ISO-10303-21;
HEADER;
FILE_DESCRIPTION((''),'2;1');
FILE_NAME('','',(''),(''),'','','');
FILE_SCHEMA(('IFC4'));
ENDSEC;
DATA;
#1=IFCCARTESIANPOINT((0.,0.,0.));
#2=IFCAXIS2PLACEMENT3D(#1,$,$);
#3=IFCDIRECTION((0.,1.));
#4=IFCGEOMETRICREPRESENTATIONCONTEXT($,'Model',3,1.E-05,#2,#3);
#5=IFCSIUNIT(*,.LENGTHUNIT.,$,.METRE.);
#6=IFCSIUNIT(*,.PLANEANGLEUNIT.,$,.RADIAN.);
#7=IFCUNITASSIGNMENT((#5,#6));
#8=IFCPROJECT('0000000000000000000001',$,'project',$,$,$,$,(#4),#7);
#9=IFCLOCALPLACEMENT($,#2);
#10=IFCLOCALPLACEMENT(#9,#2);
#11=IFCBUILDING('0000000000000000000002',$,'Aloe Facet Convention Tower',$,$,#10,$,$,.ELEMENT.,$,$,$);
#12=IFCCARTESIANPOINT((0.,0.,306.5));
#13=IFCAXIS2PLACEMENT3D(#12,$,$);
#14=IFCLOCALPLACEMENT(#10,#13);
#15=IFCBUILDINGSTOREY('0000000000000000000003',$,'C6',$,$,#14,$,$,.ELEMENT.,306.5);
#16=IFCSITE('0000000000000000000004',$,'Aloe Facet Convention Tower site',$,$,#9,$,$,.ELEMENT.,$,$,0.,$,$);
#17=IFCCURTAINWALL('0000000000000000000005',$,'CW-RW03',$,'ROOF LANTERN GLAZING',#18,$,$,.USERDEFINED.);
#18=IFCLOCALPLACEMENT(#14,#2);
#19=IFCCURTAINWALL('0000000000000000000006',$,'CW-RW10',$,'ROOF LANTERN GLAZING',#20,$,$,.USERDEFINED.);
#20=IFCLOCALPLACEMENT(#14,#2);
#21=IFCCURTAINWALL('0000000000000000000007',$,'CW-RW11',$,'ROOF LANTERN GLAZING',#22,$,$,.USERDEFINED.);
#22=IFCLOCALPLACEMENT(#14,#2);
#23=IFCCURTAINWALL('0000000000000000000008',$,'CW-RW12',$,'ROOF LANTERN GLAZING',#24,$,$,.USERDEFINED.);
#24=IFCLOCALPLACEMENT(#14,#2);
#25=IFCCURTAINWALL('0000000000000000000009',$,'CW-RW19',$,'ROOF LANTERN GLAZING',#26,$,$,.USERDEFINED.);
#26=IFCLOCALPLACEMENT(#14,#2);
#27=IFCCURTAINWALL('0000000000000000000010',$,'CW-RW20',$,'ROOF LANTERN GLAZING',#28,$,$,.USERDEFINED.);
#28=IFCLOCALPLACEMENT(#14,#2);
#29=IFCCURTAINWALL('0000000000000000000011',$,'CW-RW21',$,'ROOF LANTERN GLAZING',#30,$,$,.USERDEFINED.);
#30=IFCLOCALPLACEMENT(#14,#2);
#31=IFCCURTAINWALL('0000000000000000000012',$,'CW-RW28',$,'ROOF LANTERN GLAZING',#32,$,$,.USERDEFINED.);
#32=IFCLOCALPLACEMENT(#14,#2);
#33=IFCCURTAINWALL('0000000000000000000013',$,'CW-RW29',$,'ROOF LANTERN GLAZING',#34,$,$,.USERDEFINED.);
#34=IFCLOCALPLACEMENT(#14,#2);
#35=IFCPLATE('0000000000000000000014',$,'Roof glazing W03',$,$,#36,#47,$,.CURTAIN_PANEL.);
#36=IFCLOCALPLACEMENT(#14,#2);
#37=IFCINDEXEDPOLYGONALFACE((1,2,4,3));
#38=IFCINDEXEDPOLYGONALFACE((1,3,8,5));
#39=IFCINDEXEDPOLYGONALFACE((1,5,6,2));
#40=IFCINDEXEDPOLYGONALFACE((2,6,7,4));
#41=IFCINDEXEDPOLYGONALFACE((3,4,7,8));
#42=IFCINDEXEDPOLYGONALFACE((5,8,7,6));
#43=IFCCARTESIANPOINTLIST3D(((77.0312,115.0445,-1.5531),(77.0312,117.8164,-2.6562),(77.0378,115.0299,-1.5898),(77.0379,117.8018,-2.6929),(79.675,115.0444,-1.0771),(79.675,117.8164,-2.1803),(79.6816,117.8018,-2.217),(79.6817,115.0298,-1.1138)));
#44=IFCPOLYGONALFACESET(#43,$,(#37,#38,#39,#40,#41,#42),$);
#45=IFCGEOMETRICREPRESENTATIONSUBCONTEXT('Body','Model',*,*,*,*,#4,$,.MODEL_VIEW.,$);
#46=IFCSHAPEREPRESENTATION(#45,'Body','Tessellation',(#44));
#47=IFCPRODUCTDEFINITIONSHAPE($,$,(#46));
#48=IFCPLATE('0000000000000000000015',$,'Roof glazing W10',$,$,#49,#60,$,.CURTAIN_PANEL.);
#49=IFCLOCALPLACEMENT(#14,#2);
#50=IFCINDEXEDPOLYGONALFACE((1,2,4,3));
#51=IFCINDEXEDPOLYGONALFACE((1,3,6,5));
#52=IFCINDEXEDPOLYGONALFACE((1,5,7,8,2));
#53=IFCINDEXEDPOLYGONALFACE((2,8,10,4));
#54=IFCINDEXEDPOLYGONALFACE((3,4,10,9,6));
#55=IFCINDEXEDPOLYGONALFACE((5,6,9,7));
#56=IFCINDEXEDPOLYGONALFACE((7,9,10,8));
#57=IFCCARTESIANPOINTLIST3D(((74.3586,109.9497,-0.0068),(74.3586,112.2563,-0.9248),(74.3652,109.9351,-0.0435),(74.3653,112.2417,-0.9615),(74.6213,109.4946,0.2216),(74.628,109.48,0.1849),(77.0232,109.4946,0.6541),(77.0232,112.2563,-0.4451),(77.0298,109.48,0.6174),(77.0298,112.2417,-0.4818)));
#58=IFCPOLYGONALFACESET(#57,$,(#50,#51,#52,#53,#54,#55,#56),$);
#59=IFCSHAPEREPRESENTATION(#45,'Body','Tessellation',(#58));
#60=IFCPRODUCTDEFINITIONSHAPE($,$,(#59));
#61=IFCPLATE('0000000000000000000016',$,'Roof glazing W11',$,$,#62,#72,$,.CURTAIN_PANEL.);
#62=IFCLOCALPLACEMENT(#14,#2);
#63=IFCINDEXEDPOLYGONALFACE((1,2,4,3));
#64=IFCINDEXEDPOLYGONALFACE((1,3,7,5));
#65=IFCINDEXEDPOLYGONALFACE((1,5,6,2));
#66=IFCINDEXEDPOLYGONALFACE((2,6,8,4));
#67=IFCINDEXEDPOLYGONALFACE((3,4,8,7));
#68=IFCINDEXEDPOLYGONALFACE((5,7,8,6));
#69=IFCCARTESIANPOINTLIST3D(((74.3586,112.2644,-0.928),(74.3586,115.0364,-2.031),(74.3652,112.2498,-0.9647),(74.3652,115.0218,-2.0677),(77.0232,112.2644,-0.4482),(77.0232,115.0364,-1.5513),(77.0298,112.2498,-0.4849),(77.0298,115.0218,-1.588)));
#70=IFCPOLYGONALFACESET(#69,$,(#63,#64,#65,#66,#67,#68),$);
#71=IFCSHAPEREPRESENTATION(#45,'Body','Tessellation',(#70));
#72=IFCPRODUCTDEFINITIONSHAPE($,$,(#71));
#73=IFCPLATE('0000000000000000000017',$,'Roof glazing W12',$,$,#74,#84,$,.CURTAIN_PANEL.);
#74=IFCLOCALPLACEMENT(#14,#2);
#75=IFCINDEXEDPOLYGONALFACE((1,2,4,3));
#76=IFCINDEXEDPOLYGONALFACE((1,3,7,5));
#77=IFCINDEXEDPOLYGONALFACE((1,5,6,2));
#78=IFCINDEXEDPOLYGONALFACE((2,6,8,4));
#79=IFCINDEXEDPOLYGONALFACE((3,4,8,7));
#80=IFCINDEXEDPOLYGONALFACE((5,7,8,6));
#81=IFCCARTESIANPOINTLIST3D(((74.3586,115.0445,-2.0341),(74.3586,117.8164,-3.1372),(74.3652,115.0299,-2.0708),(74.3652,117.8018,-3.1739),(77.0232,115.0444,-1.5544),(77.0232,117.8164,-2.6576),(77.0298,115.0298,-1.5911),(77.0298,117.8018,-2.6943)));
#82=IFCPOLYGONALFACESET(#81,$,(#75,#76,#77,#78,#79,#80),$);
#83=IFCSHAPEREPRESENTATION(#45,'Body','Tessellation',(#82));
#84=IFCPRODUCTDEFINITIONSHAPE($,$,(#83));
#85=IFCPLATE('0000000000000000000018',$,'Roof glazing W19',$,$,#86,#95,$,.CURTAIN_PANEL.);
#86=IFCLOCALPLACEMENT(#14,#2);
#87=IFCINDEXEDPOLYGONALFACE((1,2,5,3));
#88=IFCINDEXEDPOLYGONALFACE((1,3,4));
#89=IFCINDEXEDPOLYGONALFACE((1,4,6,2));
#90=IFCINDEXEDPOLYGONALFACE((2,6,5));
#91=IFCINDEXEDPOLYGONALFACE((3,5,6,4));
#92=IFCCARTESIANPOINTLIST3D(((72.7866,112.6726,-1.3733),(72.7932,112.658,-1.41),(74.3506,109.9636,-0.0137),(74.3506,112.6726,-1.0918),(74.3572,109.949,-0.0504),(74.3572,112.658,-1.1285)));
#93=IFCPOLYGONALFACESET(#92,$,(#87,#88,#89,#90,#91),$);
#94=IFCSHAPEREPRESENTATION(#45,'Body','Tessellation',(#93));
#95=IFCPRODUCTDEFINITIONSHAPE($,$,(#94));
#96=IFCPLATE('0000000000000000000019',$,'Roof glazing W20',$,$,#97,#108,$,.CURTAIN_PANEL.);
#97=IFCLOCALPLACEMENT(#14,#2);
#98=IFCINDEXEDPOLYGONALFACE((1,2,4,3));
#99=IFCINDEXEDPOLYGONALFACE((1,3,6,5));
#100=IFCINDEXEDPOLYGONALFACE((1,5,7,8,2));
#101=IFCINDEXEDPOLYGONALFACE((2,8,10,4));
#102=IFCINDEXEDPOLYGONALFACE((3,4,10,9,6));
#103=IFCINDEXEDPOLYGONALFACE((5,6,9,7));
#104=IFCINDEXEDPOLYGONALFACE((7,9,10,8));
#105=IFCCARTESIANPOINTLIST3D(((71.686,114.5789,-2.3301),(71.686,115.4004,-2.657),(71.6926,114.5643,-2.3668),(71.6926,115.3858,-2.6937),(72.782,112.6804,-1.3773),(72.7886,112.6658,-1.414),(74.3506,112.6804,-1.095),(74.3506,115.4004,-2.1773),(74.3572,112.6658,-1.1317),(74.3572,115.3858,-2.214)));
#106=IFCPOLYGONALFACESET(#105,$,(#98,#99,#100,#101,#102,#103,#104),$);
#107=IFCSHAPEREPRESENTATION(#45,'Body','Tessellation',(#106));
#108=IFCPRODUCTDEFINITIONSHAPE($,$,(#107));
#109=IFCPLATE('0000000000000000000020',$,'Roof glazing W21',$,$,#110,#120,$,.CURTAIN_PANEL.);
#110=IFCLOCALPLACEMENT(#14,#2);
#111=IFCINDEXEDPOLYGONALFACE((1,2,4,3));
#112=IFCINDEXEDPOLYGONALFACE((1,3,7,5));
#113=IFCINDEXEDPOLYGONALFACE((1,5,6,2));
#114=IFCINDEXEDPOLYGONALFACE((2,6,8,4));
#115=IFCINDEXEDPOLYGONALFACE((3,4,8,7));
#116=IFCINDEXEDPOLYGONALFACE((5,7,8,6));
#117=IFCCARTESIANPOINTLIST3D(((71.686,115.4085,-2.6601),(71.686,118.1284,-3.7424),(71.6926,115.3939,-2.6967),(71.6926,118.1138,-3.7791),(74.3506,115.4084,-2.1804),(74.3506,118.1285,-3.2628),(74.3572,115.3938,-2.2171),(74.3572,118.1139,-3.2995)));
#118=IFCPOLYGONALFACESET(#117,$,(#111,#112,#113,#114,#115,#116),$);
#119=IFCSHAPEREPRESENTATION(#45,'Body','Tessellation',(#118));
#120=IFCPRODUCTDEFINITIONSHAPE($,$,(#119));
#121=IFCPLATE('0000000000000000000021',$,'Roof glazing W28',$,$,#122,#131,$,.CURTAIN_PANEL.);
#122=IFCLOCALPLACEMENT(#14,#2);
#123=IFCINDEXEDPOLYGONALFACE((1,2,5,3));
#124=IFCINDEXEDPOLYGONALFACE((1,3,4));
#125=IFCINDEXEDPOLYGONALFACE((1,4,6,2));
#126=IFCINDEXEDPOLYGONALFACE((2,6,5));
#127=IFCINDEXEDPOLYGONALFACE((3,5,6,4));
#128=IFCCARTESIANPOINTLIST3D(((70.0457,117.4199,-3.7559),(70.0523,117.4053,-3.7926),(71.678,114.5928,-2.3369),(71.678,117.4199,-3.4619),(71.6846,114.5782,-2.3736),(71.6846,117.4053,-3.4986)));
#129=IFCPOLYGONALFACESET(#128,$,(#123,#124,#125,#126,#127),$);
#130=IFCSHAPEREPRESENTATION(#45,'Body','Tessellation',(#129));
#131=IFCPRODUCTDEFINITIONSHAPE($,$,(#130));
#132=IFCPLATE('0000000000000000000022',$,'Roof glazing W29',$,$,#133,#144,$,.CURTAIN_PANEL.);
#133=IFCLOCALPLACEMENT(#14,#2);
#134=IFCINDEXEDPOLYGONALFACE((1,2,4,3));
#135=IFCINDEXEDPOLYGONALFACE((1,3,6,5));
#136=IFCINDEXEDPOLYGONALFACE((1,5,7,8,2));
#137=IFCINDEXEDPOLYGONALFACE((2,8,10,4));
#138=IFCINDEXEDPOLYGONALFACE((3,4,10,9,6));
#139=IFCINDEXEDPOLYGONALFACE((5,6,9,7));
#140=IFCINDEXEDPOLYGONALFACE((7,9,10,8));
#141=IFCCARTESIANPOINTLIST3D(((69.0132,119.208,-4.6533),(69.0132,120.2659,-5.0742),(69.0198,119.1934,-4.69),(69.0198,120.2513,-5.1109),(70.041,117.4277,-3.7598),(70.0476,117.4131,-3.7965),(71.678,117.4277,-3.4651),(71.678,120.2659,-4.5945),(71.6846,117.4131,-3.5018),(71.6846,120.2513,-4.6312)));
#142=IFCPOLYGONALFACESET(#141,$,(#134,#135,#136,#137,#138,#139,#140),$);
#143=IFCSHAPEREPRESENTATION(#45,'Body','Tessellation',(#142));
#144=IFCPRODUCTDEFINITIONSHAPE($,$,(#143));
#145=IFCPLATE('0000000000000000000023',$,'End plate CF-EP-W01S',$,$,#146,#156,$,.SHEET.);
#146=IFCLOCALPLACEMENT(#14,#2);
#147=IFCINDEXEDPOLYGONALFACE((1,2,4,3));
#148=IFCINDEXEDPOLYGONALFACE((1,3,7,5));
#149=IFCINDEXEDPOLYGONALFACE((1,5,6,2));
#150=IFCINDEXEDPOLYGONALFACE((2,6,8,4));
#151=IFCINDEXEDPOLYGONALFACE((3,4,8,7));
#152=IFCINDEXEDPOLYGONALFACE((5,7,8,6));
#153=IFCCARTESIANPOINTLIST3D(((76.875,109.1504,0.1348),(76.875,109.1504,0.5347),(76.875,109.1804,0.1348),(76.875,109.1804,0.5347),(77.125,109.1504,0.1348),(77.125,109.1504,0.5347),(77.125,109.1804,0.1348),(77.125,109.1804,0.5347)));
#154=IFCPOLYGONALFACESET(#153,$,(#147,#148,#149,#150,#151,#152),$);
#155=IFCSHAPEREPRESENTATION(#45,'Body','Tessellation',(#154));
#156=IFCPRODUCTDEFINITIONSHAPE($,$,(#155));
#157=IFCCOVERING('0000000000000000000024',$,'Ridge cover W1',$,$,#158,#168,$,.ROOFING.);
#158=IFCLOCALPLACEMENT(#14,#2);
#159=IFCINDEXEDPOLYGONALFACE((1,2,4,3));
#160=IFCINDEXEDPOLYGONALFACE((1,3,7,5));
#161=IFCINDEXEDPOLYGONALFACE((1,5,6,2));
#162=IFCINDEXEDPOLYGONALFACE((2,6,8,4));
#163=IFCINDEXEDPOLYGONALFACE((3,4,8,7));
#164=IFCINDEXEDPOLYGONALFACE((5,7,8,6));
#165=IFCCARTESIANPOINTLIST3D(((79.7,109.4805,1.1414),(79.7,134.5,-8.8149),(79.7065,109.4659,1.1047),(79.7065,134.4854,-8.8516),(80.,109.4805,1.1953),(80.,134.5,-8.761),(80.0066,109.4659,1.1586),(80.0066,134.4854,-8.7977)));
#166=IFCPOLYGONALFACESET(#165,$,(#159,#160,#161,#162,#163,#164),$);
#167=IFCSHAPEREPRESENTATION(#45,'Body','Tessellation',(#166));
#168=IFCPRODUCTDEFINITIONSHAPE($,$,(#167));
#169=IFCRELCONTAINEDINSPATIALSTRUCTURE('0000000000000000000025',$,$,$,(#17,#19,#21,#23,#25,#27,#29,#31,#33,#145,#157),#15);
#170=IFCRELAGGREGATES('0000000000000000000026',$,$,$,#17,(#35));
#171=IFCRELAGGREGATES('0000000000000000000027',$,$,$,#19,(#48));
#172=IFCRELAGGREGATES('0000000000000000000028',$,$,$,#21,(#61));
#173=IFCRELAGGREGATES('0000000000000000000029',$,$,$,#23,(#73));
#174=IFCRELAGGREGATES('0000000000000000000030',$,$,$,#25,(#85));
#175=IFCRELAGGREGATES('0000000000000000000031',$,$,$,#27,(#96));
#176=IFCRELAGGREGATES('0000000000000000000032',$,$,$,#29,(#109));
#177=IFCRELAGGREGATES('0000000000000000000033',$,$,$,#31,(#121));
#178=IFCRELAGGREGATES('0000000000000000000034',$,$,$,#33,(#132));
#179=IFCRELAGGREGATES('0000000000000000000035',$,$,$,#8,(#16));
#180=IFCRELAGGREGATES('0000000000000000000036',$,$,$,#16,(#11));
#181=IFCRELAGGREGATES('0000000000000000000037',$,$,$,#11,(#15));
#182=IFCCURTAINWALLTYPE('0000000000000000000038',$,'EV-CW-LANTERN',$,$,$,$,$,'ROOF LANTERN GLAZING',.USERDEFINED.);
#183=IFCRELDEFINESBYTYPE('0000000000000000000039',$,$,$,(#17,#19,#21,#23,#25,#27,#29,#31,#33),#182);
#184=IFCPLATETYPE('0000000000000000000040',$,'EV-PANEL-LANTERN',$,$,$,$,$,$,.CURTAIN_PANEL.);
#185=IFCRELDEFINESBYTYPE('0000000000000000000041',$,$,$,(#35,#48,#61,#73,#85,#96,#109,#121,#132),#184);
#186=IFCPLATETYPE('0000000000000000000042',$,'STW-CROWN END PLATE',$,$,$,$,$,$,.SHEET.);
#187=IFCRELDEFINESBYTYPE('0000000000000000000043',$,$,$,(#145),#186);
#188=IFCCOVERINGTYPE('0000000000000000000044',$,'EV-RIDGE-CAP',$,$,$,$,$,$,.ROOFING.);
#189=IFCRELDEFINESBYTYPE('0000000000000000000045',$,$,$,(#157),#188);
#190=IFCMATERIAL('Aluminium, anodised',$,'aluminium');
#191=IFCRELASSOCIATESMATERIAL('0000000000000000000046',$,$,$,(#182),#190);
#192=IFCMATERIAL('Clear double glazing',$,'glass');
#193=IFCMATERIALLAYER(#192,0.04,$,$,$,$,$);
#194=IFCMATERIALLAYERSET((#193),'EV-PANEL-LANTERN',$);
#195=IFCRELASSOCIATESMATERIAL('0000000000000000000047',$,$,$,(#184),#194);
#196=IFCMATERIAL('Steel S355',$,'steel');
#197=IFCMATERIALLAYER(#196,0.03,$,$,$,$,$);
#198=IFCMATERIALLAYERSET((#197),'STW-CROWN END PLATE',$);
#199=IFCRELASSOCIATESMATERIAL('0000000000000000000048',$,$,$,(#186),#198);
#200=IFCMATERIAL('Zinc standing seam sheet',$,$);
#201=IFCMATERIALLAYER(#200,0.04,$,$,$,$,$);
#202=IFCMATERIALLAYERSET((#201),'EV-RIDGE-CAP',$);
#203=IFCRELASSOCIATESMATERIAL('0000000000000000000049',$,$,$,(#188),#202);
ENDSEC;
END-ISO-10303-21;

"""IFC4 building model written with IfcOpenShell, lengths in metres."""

from ifc_helpers import new_model, si_unit, direction, frame, origin, place, context, subcontext, project, spatial, polyline, outline, extrude, material, layer, layer_set, type_object, element, aggregate, save


model = new_model("IFC4")

# Units and contexts
model_context = context("Model", 3, precision=1e-05, world=origin(), true_north=direction((0.0, 1.0)))
body_context = subcontext(model_context, "Body", "Model", "MODEL_VIEW")
ifc_project = project(units=[si_unit("LENGTHUNIT", "METRE"), si_unit("PLANEANGLEUNIT", "RADIAN")], contexts=[model_context])

# Site, building, storey
site_placement = place(None, origin())
site = spatial("IfcSite", under=ifc_project, at=site_placement, Name="Aloe Facet Convention Tower site", CompositionType="ELEMENT", RefElevation=0.0)
building_placement = place(site_placement, origin())
building = spatial("IfcBuilding", under=site, at=building_placement, Name="Aloe Facet Convention Tower", CompositionType="ELEMENT")
storey_placement = place(building_placement, frame((0.0, 0.0, 306.5)))
storey = spatial("IfcBuildingStorey", under=building, at=storey_placement, Name="C6", CompositionType="ELEMENT", Elevation=306.5)

# Shared definitions
ifc_material_1 = material(Name="Aluminium, anodised", Category="aluminium")
curtain_wall_type = type_object("IfcCurtainWallType", Name="EV-CW-LANTERN", ElementType="ROOF LANTERN GLAZING", PredefinedType="USERDEFINED", material=ifc_material_1)

# Curtain wall
curtain_wall_1_placement = place(storey_placement, origin())
curtain_wall_1 = element("IfcCurtainWall", 1, at=curtain_wall_1_placement, inside=storey, type_object=curtain_wall_type, Name="CW-RW03", ObjectType="ROOF LANTERN GLAZING", PredefinedType="USERDEFINED")

# Curtain wall
curtain_wall_2_placement = place(storey_placement, origin())
curtain_wall_2 = element("IfcCurtainWall", 2, at=curtain_wall_2_placement, inside=storey, type_object=curtain_wall_type, Name="CW-RW10", ObjectType="ROOF LANTERN GLAZING", PredefinedType="USERDEFINED")

# Curtain walls
curtain_wall_3_placement = place(storey_placement, origin())
curtain_wall_3 = element("IfcCurtainWall", 3, at=curtain_wall_3_placement, inside=storey, type_object=curtain_wall_type, Name="CW-RW11", ObjectType="ROOF LANTERN GLAZING", PredefinedType="USERDEFINED")
curtain_wall_4_placement = place(storey_placement, origin())
curtain_wall_4 = element("IfcCurtainWall", 4, at=curtain_wall_4_placement, inside=storey, type_object=curtain_wall_type, Name="CW-RW12", ObjectType="ROOF LANTERN GLAZING", PredefinedType="USERDEFINED")
curtain_wall_5_placement = place(storey_placement, origin())
curtain_wall_5 = element("IfcCurtainWall", 5, at=curtain_wall_5_placement, inside=storey, type_object=curtain_wall_type, Name="CW-RW19", ObjectType="ROOF LANTERN GLAZING", PredefinedType="USERDEFINED")

# Curtain wall
curtain_wall_6_placement = place(storey_placement, origin())
curtain_wall_6 = element("IfcCurtainWall", 6, at=curtain_wall_6_placement, inside=storey, type_object=curtain_wall_type, Name="CW-RW20", ObjectType="ROOF LANTERN GLAZING", PredefinedType="USERDEFINED")

# Curtain walls
curtain_wall_7_placement = place(storey_placement, origin())
curtain_wall_7 = element("IfcCurtainWall", 7, at=curtain_wall_7_placement, inside=storey, type_object=curtain_wall_type, Name="CW-RW21", ObjectType="ROOF LANTERN GLAZING", PredefinedType="USERDEFINED")
curtain_wall_8_placement = place(storey_placement, origin())
curtain_wall_8 = element("IfcCurtainWall", 8, at=curtain_wall_8_placement, inside=storey, type_object=curtain_wall_type, Name="CW-RW28", ObjectType="ROOF LANTERN GLAZING", PredefinedType="USERDEFINED")
curtain_wall_9_placement = place(storey_placement, origin())
curtain_wall_9 = element("IfcCurtainWall", 9, at=curtain_wall_9_placement, inside=storey, type_object=curtain_wall_type, Name="CW-RW29", ObjectType="ROOF LANTERN GLAZING", PredefinedType="USERDEFINED")

# Plates
ifc_material_2 = material(Name="Clear double glazing", Category="glass")
ifc_layer_1 = layer(ifc_material_2, 0.04)
ifc_layer_set_1 = layer_set([ifc_layer_1], Name="EV-PANEL-LANTERN")
plate_type_1 = type_object("IfcPlateType", Name="EV-PANEL-LANTERN", PredefinedType="CURTAIN_PANEL", material=ifc_layer_set_1)
plate_1_placement = place(storey_placement, frame((77.0312, 117.8164, -2.6562), z_axis=(-0.164975, 0.364694, 0.916396), x_axis=(0.98418, 0.000015, 0.177172)))
plate_1 = element("IfcPlate", 10, at=plate_1_placement, type_object=plate_type_1, Name="Roof glazing W03", PredefinedType="CURTAIN_PANEL", context=body_context, shape_type="SweptSolid", body=[
    extrude(outline(polyline([(0.0, 0.0), (2.6863, 0.0), (2.8817, -2.9771), (0.1954, -2.977), (0.0, 0.0)])), origin(), (0.0, 0.0, -1.0), 0.04),
])
aggregate(curtain_wall_1, [plate_1])
plate_2_placement = place(storey_placement, frame((77.0232, 109.4946, 0.6541), z_axis=(-0.164994, 0.364717, 0.916383), x_axis=(-0.984176, -0.000011, -0.177196)))
plate_2 = element("IfcPlate", 11, at=plate_2_placement, type_object=plate_type_1, Name="Roof glazing W10", PredefinedType="CURTAIN_PANEL", context=body_context, shape_type="SweptSolid", body=[
    extrude(outline(polyline([(0.0, 0.0), (2.4405, 0.0), (2.7395, -0.4888), (2.9021, -2.966), (0.1947, -2.966), (0.0, 0.0)])), origin(), (0.0, 0.0, -1.0), 0.04),
])
aggregate(curtain_wall_2, [plate_2])
plate_3_placement = place(storey_placement, frame((77.0232, 112.2644, -0.4482), z_axis=(-0.164994, 0.364658, 0.916407), x_axis=(-0.984176, 0.0, -0.177195)))
plate_3 = element("IfcPlate", 12, at=plate_3_placement, type_object=plate_type_1, Name="Roof glazing W11", PredefinedType="CURTAIN_PANEL", context=body_context, shape_type="SweptSolid", body=[
    extrude(outline(polyline([(0.0, 0.0), (2.7074, 0.0), (2.9028, -2.977), (0.1955, -2.977), (0.0, 0.0)])), origin(), (0.0, 0.0, -1.0), 0.04),
])
aggregate(curtain_wall_3, [plate_3])
plate_4_placement = place(storey_placement, frame((77.0232, 115.0444, -1.5544), z_axis=(-0.16495, 0.364695, 0.9164), x_axis=(-0.984183, 0.000015, -0.177157)))
plate_4 = element("IfcPlate", 13, at=plate_4_placement, type_object=plate_type_1, Name="Roof glazing W12", PredefinedType="CURTAIN_PANEL", context=body_context, shape_type="SweptSolid", body=[
    extrude(outline(polyline([(0.0, 0.0), (2.7074, 0.0), (2.9028, -2.977), (0.1955, -2.977), (0.0, 0.0)])), origin(), (0.0, 0.0, -1.0), 0.04),
])
aggregate(curtain_wall_4, [plate_4])
plate_5_placement = place(storey_placement, frame((74.3506, 112.6726, -1.0918), z_axis=(-0.16494, 0.364709, 0.916396), x_axis=(0.0, -0.929122, 0.369773)))
plate_5 = element("IfcPlate", 14, at=plate_5_placement, type_object=plate_type_1, Name="Roof glazing W19", PredefinedType="CURTAIN_PANEL", context=body_context, shape_type="SweptSolid", body=[
    extrude(outline(polyline([(0.0, 0.0), (2.9156, 0.0), (-0.1041, -1.5857), (0.0, 0.0)])), origin(), (0.0, 0.0, -1.0), 0.04),
])
aggregate(curtain_wall_5, [plate_5])
plate_6_placement = place(storey_placement, frame((74.3506, 112.6804, -1.095), z_axis=(-0.164963, 0.364676, 0.916405), x_axis=(-0.984183, -0.000029, -0.177152)))
plate_6 = element("IfcPlate", 15, at=plate_6_placement, type_object=plate_type_1, Name="Roof glazing W20", PredefinedType="CURTAIN_PANEL", context=body_context, shape_type="SweptSolid", body=[
    extrude(outline(polyline([(0.0, 0.0), (1.5938, 0.0), (2.8412, -2.0389), (2.899, -2.9212), (0.1916, -2.9211), (0.0, 0.0)])), origin(), (0.0, 0.0, -1.0), 0.04),
])
aggregate(curtain_wall_6, [plate_6])
plate_7_placement = place(storey_placement, frame((74.3506, 115.4084, -2.1804), z_axis=(-0.164951, 0.364679, 0.916406), x_axis=(-0.984183, 0.000015, -0.177157)))
plate_7 = element("IfcPlate", 16, at=plate_7_placement, type_object=plate_type_1, Name="Roof glazing W21", PredefinedType="CURTAIN_PANEL", context=body_context, shape_type="SweptSolid", body=[
    extrude(outline(polyline([(0.0, 0.0), (2.7074, 0.0), (2.8992, -2.9211), (0.1918, -2.9212), (0.0, 0.0)])), origin(), (0.0, 0.0, -1.0), 0.04),
])
aggregate(curtain_wall_7, [plate_7])
plate_8_placement = place(storey_placement, frame((71.678, 117.4199, -3.4619), z_axis=(-0.165023, 0.364661, 0.9164), x_axis=(0.0, -0.929139, 0.36973)))
plate_8 = element("IfcPlate", 17, at=plate_8_placement, type_object=plate_type_1, Name="Roof glazing W28", PredefinedType="CURTAIN_PANEL", context=body_context, shape_type="SweptSolid", body=[
    extrude(outline(polyline([(0.0, 0.0), (3.0428, 0.0), (-0.1087, -1.655), (0.0, 0.0)])), origin(), (0.0, 0.0, -1.0), 0.04),
])
aggregate(curtain_wall_8, [plate_8])
plate_9_placement = place(storey_placement, frame((71.678, 117.4277, -3.4651), z_axis=(-0.164987, 0.364669, 0.916404), x_axis=(-0.984177, -0.000008, -0.177186)))
plate_9 = element("IfcPlate", 18, at=plate_9_placement, type_object=plate_type_1, Name="Roof glazing W29", PredefinedType="CURTAIN_PANEL", context=body_context, shape_type="SweptSolid", body=[
    extrude(outline(polyline([(0.0, 0.0), (1.6633, 0.0), (2.8332, -1.912), (2.9077, -3.048), (0.2001, -3.048), (0.0, 0.0)])), origin(), (0.0, 0.0, -1.0), 0.04),
])
aggregate(curtain_wall_9, [plate_9])
ifc_material_3 = material(Name="Steel S355", Category="steel")
ifc_layer_2 = layer(ifc_material_3, 0.03)
ifc_layer_set_2 = layer_set([ifc_layer_2], Name="STW-CROWN END PLATE")
plate_type_2 = type_object("IfcPlateType", Name="STW-CROWN END PLATE", PredefinedType="SHEET", material=ifc_layer_set_2)
plate_10_placement = place(storey_placement, frame((76.875, 109.1804, 0.5347), z_axis=(0.0, 1.0, 0.0), x_axis=(1.0, 0.0, 0.0)))
element("IfcPlate", 19, at=plate_10_placement, inside=storey, type_object=plate_type_2, Name="End plate CF-EP-W01S", PredefinedType="SHEET", context=body_context, shape_type="SweptSolid", body=[
    extrude(outline(polyline([(0.0, 0.0), (0.25, 0.0), (0.25, 0.3999), (0.0, 0.3999), (0.0, 0.0)])), origin(), (0.0, 0.0, -1.0), 0.03),
])

# Covering
ifc_material_4 = material(Name="Zinc standing seam sheet")
ifc_layer_3 = layer(ifc_material_4, 0.04)
ifc_layer_set_3 = layer_set([ifc_layer_3], Name="EV-RIDGE-CAP")
covering_type = type_object("IfcCoveringType", Name="EV-RIDGE-CAP", PredefinedType="ROOFING", material=ifc_layer_set_3)
covering_placement = place(storey_placement, frame((79.7, 109.4805, 1.1414), z_axis=(-0.164794, 0.364686, 0.916432), x_axis=(0.0, 0.929135, -0.369741)))
element("IfcCovering", 20, at=covering_placement, inside=storey, type_object=covering_type, Name="Ridge cover W1", PredefinedType="ROOFING", context=body_context, shape_type="SweptSolid", body=[
    extrude(outline(polyline([(0.0, 0.0), (26.9278, 0.0), (26.9078, -0.3042), (-0.0199, -0.3042), (0.0, 0.0)])), origin(), (0.0, 0.0, -1.0), 0.04),
])

save(model, "model.ifc")
